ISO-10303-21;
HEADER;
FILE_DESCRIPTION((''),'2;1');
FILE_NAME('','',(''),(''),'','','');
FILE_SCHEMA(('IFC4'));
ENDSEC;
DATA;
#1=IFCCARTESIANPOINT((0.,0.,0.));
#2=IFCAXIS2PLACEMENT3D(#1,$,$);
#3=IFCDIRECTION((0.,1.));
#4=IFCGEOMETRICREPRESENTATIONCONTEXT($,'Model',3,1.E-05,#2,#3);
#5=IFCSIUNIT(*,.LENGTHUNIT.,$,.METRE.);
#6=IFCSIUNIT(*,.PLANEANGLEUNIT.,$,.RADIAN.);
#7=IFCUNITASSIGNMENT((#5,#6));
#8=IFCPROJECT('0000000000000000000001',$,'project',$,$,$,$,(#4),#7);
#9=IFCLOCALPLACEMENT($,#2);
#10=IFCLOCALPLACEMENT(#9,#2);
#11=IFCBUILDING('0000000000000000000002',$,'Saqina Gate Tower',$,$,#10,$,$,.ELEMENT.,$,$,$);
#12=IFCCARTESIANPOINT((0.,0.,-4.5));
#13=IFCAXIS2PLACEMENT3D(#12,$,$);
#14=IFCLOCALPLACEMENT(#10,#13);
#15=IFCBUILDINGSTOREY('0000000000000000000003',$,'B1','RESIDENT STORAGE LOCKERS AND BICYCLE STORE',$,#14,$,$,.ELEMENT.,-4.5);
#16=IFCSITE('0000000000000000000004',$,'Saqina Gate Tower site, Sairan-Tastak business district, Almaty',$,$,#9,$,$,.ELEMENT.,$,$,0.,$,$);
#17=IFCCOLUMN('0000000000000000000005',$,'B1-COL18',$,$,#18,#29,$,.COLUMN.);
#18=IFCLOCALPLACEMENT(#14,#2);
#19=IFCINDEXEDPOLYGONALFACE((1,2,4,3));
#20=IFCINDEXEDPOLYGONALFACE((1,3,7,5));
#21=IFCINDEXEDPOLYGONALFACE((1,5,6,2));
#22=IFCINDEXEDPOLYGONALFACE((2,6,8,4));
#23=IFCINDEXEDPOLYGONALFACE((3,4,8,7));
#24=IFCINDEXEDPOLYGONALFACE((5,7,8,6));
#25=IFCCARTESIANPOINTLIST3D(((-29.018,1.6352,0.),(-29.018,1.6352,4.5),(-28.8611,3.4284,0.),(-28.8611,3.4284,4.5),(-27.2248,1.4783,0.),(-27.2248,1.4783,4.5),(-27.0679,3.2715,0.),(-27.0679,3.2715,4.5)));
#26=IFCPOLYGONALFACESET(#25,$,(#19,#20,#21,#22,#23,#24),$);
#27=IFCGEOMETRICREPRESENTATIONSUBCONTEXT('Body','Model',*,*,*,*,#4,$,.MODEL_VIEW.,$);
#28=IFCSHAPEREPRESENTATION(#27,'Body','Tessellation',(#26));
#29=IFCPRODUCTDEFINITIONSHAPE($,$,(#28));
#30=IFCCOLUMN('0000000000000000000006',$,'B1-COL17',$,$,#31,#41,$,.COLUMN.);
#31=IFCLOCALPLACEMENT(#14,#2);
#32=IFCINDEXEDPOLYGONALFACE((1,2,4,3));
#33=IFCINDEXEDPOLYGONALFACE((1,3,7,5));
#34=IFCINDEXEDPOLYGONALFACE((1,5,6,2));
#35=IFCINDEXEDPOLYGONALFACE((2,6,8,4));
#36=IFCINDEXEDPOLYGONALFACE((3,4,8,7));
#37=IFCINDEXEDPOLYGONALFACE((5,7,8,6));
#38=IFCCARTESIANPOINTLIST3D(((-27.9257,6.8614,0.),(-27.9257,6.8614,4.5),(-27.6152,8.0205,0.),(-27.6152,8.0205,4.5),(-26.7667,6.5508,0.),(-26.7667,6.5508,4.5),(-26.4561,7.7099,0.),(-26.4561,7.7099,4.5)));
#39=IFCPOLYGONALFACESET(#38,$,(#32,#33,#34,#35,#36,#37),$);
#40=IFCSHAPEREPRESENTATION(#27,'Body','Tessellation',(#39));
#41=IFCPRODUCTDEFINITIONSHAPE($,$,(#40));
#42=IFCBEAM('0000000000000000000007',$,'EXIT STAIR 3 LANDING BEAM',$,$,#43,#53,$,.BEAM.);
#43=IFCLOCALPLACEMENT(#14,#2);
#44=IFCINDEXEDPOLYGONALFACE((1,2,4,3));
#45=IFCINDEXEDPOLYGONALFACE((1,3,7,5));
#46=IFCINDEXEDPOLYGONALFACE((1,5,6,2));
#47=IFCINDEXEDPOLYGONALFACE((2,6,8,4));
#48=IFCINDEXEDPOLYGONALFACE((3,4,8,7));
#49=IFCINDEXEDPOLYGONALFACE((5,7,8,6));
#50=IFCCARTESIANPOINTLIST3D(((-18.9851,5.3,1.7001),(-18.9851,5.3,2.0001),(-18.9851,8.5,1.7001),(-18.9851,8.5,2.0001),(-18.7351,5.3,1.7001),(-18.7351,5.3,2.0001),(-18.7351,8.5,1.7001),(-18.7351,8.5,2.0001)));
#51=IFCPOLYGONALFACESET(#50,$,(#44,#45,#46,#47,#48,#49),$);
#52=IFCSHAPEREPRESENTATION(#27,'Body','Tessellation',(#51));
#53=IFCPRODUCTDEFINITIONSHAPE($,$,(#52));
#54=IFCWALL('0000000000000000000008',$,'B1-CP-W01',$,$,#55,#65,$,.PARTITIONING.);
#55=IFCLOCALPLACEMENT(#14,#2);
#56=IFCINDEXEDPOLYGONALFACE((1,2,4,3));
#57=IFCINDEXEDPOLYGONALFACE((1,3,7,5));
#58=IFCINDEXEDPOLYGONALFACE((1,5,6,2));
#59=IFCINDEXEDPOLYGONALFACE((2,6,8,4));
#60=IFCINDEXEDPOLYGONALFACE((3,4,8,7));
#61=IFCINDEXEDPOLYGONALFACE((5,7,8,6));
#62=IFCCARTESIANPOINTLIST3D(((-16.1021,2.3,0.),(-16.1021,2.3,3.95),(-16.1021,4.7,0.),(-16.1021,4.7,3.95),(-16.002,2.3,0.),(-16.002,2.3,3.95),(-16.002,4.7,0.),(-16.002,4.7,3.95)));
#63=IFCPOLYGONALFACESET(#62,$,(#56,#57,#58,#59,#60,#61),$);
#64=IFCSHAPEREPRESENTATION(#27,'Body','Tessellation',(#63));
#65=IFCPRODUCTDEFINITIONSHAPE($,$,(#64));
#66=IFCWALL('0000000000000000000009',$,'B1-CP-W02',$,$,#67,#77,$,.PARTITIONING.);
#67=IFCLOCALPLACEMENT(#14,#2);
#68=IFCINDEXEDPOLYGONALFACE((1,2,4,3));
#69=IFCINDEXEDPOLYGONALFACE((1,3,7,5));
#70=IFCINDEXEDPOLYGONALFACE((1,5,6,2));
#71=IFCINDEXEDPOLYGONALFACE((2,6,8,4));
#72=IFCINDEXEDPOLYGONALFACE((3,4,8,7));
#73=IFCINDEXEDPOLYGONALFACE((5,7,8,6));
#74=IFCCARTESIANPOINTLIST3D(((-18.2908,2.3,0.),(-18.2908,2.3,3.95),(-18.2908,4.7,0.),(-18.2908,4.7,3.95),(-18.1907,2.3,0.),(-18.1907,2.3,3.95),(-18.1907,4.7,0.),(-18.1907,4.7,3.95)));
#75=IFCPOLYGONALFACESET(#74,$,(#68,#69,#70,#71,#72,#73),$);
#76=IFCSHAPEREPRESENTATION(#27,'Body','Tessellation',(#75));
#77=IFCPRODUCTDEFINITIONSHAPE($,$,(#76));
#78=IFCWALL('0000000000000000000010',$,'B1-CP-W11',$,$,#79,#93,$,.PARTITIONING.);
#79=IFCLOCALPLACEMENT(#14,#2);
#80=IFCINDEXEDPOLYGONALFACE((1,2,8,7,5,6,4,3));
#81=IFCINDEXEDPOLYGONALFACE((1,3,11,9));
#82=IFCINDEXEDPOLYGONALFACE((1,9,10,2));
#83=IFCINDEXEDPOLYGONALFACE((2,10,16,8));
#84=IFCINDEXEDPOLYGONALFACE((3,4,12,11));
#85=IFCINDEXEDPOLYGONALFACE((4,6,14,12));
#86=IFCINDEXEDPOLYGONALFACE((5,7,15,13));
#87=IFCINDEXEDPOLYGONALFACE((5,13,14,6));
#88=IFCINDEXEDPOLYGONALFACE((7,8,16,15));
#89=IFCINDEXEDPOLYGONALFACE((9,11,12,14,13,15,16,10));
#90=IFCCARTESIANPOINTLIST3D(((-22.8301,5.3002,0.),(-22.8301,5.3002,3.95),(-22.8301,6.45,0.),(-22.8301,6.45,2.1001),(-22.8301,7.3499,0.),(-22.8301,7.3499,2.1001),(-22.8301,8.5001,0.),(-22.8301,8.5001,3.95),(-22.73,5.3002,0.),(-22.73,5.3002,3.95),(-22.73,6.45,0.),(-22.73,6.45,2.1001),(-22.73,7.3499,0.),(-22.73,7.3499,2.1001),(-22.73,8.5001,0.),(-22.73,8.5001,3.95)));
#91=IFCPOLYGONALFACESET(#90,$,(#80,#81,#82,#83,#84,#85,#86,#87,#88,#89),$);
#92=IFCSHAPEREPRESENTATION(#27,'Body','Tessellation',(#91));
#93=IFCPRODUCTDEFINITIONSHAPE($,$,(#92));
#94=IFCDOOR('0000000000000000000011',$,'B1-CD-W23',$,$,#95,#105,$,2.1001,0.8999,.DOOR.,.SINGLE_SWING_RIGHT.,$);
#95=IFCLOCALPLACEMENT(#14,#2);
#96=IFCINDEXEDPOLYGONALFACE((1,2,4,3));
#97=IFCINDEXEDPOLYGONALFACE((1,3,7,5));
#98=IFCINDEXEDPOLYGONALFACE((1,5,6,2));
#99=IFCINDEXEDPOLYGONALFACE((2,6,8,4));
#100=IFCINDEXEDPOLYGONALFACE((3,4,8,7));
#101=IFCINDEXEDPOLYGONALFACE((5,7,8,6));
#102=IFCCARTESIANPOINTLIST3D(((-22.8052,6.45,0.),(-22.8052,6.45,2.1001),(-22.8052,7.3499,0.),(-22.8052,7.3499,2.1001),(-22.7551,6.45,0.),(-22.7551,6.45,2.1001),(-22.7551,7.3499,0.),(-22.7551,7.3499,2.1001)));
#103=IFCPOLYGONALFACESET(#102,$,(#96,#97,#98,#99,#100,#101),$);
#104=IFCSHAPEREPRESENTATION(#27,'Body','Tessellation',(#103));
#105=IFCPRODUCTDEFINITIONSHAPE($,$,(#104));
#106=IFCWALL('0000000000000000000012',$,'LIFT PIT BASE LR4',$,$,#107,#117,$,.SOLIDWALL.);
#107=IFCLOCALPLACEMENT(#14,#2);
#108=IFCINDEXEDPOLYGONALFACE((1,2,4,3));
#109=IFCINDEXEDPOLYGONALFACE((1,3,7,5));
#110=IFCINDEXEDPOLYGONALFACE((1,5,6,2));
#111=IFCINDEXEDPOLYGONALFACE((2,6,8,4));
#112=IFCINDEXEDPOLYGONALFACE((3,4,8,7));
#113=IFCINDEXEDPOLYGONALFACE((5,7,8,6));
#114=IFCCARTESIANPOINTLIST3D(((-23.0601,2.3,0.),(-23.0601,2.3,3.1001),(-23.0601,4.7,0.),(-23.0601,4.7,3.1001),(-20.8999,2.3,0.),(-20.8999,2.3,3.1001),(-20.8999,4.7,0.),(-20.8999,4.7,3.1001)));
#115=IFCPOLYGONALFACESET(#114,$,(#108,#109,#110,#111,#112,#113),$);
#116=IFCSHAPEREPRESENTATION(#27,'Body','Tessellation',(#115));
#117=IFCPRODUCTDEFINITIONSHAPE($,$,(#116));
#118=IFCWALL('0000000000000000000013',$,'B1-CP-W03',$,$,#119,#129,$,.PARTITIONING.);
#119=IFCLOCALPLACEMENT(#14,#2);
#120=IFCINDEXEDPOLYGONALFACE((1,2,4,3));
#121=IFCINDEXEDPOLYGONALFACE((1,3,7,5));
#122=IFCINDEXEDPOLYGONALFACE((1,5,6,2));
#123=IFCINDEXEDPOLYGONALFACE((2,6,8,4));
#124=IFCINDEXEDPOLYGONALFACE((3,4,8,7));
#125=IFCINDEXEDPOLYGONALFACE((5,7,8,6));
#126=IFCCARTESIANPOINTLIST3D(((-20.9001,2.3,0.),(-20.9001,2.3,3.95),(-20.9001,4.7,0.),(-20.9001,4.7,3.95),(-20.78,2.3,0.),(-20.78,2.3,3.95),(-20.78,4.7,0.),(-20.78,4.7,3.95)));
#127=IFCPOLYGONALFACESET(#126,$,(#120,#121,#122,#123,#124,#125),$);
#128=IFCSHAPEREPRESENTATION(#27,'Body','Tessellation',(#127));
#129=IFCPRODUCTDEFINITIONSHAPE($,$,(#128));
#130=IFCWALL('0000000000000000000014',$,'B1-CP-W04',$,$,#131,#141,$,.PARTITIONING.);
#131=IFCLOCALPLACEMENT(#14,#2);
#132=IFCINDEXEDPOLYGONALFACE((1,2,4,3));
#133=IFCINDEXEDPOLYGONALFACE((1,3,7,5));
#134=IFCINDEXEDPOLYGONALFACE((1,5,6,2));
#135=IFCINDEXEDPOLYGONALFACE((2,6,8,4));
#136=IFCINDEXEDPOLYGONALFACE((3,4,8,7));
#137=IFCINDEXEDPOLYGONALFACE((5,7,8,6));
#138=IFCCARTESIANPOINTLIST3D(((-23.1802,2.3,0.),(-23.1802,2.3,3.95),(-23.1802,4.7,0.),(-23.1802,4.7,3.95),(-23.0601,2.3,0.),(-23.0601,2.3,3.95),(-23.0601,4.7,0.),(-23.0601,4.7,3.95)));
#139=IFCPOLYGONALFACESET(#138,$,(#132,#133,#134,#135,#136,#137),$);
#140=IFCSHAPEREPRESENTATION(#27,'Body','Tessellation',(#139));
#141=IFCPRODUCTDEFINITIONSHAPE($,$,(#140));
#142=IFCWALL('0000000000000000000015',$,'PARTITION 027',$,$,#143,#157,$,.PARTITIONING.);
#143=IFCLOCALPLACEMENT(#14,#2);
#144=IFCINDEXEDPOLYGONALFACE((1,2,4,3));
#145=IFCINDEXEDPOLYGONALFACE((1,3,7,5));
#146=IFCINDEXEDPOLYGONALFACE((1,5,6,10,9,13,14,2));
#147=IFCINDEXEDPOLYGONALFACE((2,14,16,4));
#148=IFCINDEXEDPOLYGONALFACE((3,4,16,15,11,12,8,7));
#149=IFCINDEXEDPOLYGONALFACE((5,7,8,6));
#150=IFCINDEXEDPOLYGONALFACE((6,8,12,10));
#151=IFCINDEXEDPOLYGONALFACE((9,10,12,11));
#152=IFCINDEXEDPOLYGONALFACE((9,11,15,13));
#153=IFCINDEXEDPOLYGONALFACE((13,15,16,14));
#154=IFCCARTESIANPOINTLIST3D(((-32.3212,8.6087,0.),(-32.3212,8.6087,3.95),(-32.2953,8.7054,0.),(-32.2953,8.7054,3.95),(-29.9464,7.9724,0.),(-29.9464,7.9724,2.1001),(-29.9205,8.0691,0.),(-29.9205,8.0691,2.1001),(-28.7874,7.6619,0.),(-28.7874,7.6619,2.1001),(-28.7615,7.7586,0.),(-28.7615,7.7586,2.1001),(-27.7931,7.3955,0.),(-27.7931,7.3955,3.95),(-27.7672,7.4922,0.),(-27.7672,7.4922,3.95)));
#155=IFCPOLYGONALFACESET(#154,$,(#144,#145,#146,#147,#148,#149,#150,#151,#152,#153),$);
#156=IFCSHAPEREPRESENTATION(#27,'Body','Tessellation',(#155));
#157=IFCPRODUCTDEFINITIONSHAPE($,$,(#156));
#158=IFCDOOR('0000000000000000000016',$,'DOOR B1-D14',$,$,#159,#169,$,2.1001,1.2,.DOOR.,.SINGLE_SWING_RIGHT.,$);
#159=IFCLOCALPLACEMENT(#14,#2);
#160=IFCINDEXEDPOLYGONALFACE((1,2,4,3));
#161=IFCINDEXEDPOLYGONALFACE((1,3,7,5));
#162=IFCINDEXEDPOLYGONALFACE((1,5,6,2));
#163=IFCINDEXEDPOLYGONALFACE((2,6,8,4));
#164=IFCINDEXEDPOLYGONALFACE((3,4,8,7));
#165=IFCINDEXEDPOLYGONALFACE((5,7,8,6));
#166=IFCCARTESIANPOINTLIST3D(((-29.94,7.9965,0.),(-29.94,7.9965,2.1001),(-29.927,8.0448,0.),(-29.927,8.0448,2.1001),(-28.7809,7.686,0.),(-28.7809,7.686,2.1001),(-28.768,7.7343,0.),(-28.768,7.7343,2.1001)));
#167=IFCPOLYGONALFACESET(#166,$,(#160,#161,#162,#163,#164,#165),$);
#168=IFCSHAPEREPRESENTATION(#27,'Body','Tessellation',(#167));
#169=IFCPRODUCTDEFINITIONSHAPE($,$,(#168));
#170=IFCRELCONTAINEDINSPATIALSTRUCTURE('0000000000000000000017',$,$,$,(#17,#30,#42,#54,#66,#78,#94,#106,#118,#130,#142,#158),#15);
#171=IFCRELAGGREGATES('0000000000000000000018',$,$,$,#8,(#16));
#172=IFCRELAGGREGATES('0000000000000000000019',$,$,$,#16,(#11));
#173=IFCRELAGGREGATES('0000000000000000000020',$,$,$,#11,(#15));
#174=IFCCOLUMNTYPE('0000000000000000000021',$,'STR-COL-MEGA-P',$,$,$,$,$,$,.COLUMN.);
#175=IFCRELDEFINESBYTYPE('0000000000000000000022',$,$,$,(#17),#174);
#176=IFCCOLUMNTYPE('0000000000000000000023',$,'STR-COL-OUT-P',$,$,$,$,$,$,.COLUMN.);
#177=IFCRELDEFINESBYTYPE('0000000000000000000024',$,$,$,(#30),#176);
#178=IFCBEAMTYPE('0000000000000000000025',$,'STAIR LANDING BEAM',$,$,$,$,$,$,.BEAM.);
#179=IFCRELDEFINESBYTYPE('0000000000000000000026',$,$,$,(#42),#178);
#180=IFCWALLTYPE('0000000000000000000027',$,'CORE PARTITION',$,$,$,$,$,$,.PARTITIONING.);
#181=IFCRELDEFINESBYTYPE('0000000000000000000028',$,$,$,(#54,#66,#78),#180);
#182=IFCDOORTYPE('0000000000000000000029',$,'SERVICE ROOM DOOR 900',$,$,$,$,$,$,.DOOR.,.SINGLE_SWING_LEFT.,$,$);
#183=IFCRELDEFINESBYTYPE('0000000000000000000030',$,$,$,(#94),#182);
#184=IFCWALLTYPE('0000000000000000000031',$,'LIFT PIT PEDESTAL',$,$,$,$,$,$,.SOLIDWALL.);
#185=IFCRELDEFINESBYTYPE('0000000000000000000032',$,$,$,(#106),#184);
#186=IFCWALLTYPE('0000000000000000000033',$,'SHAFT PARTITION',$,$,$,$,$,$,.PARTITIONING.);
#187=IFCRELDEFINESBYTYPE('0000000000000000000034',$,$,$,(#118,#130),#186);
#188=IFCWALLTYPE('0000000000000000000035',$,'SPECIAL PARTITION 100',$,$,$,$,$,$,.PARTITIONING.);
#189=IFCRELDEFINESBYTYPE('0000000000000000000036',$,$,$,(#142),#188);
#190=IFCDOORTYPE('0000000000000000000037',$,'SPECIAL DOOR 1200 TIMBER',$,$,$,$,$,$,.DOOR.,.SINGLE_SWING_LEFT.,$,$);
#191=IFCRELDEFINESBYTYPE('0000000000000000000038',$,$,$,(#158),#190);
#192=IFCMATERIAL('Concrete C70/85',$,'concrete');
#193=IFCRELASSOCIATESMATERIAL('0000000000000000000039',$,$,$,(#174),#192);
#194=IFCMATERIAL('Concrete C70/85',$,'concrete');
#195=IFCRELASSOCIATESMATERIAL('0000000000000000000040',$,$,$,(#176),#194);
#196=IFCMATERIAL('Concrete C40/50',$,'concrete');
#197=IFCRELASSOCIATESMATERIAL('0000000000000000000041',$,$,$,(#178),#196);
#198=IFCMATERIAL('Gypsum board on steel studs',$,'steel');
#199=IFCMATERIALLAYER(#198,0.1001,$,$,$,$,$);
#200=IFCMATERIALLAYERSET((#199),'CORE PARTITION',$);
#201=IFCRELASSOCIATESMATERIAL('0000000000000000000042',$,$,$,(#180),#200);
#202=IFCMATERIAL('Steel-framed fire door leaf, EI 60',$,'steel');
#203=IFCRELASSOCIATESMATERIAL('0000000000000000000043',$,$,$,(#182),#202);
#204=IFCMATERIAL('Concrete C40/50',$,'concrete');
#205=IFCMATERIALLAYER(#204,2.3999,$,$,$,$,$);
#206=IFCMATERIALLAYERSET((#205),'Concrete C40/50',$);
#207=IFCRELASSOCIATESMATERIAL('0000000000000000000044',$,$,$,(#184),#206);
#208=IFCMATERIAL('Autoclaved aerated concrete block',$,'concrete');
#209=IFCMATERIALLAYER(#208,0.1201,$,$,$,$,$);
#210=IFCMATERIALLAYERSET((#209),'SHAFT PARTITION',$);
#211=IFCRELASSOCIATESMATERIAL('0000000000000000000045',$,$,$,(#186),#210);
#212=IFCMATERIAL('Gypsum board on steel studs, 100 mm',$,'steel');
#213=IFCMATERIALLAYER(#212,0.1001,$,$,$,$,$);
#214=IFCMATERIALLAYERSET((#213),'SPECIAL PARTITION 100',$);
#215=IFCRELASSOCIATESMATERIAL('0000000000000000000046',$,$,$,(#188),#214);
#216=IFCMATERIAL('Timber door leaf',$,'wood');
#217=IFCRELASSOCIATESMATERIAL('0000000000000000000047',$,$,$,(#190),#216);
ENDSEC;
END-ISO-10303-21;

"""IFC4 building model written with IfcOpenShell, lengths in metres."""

from ifc_helpers import new_model, si_unit, direction, frame, frame_2d, origin, origin_2d, place, context, subcontext, project, spatial, rectangle, extrude, material, layer, layer_set, material_profile, profile_set, type_object, element, fill, save


model = new_model("IFC4")

# Units and contexts
model_context = context("Model", 3, precision=1e-05, world=origin(), true_north=direction((0.0, 1.0)))
body_context = subcontext(model_context, "Body", "Model", "MODEL_VIEW")
ifc_project = project(units=[si_unit("LENGTHUNIT", "METRE"), si_unit("PLANEANGLEUNIT", "RADIAN")], contexts=[model_context])

# Site, building, storey
site_placement = place(None, origin())
site = spatial("IfcSite", under=ifc_project, at=site_placement, Name="Saqina Gate Tower site, Sairan-Tastak business district, Almaty", CompositionType="ELEMENT", RefElevation=0.0)
building_placement = place(site_placement, origin())
building = spatial("IfcBuilding", under=site, at=building_placement, Name="Saqina Gate Tower", CompositionType="ELEMENT")
storey_placement = place(building_placement, frame((0.0, 0.0, -4.5)))
storey = spatial("IfcBuildingStorey", under=building, at=storey_placement, Name="B1", Description="RESIDENT STORAGE LOCKERS AND BICYCLE STORE", CompositionType="ELEMENT", Elevation=-4.5)

# Columns
ifc_material_1 = material(Name="Concrete C70/85", Category="concrete")
ifc_material_profile_1 = material_profile(ifc_material_1, rectangle(XDim=1.8, YDim=1.8, at=origin_2d()), Name="RC 1800x1800")
ifc_profile_set_1 = profile_set([ifc_material_profile_1], Name="Concrete C70/85")
column_type_1 = type_object("IfcColumnType", Name="STR-COL-MEGA-P", PredefinedType="COLUMN", material=ifc_profile_set_1)
column_1_placement = place(storey_placement, frame((-28.043, 2.4534, 0.0), z_axis=(0.0, 0.0, 1.0), x_axis=(-0.996195, 0.087156, 0.0)))
element("IfcColumn", 1, at=column_1_placement, inside=storey, type_object=column_type_1, Name="B1-COL18", PredefinedType="COLUMN", context=body_context, shape_type="SweptSolid", body=[
    extrude(rectangle(XDim=1.8, YDim=1.8, at=origin_2d()), origin(), (0.0, 0.0, 1.0), 4.5),
])
ifc_material_2 = material(Name="Concrete C70/85", Category="concrete")
ifc_material_profile_2 = material_profile(ifc_material_2, rectangle(XDim=1.2, YDim=1.2, at=origin_2d()), Name="RC 1200x1200")
ifc_profile_set_2 = profile_set([ifc_material_profile_2], Name="Concrete C70/85")
column_type_2 = type_object("IfcColumnType", Name="STR-COL-OUT-P", PredefinedType="COLUMN", material=ifc_profile_set_2)
column_2_placement = place(storey_placement, frame((-27.1909, 7.2856, 0.0), z_axis=(0.0, 0.0, 1.0), x_axis=(-0.965926, 0.258819, 0.0)))
element("IfcColumn", 2, at=column_2_placement, inside=storey, type_object=column_type_2, Name="B1-COL17", PredefinedType="COLUMN", context=body_context, shape_type="SweptSolid", body=[
    extrude(rectangle(XDim=1.2, YDim=1.2, at=origin_2d()), origin(), (0.0, 0.0, 1.0), 4.5),
])

# Beam
ifc_material_3 = material(Name="Concrete C40/50", Category="concrete")
ifc_material_profile_3 = material_profile(ifc_material_3, rectangle(XDim=0.25, YDim=0.3, at=origin_2d()), Name="STAIR LANDING BEAM")
ifc_profile_set_3 = profile_set([ifc_material_profile_3], Name="Concrete C40/50")
beam_type = type_object("IfcBeamType", Name="STAIR LANDING BEAM", PredefinedType="BEAM", material=ifc_profile_set_3)
beam_placement = place(storey_placement, frame((-18.8601, 5.3, 1.8501), z_axis=(0.0, 1.0, 0.0), x_axis=(-1.0, 0.0, 0.0)))
element("IfcBeam", 3, at=beam_placement, inside=storey, type_object=beam_type, Name="EXIT STAIR 3 LANDING BEAM", PredefinedType="BEAM", context=body_context, shape_type="SweptSolid", body=[
    extrude(rectangle(XDim=0.25, YDim=0.3, at=origin_2d()), origin(), (0.0, 0.0, 1.0), 3.2),
])

# Walls
ifc_material_4 = material(Name="Gypsum board on steel studs", Category="steel")
ifc_layer_1 = layer(ifc_material_4, 0.1001)
ifc_layer_set_1 = layer_set([ifc_layer_1], Name="CORE PARTITION")
wall_type_1 = type_object("IfcWallType", Name="CORE PARTITION", PredefinedType="PARTITIONING", material=ifc_layer_set_1)
for number, where, z_axis, x_axis, name in (
    (4, (-16.052, 2.3, 0.0), (0.0, 0.0, 1.0), (0.0, 1.0, 0.0), "B1-CP-W01"),
    (5, (-18.2407, 2.3, 0.0), (0.0, 0.0, 1.0), (0.0, 1.0, 0.0), "B1-CP-W02"),
):
    element("IfcWall", number, at=place(storey_placement, frame(where, z_axis=z_axis, x_axis=x_axis)), inside=storey, type_object=wall_type_1, Name=name, PredefinedType="PARTITIONING", context=body_context, shape_type="SweptSolid", body=[
        extrude(rectangle(XDim=2.3999, YDim=0.1001, at=frame_2d((1.2, 0.0))), origin(), (0.0, 0.0, 1.0), 3.95),
    ])

# Wall, opening, door
wall_1_placement = place(storey_placement, frame((-22.78, 5.3, 0.0), z_axis=(0.0, 0.0, 1.0), x_axis=(0.0, 1.0, 0.0)))
wall_1 = element("IfcWall", 6, at=wall_1_placement, inside=storey, type_object=wall_type_1, Name="B1-CP-W11", PredefinedType="PARTITIONING", context=body_context, shape_type="SweptSolid", body=[
    extrude(rectangle(XDim=3.2, YDim=0.1001, at=frame_2d((1.6001, 0.0))), origin(), (0.0, 0.0, 1.0), 3.95),
])
opening_1_placement = place(wall_1_placement, frame((1.1499, 0.0, 0.0)))
opening_1 = element("IfcOpeningElement", 7, at=opening_1_placement, cuts=wall_1, PredefinedType="OPENING", context=body_context, shape_type="SweptSolid", body=[
    extrude(rectangle(XDim=0.8999, YDim=2.1001, at=frame_2d((0.45, 1.05))), frame((0.0, 0.062, 0.0), z_axis=(0.0, -1.0, 0.0), x_axis=(1.0, 0.0, 0.0)), (0.0, 0.0, 1.0), 0.124),
])
ifc_material_5 = material(Name="Steel-framed fire door leaf, EI 60", Category="steel")
door_type_1 = type_object("IfcDoorType", Name="SERVICE ROOM DOOR 900", OperationType="SINGLE_SWING_LEFT", PredefinedType="DOOR", material=ifc_material_5)
door_1_placement = place(opening_1_placement, frame((0.8999, 0.0, 0.0), z_axis=(0.0, 0.0, 1.0), x_axis=(-1.0, 0.0, 0.0)))
door_1 = element("IfcDoor", 8, at=door_1_placement, inside=storey, type_object=door_type_1, Name="B1-CD-W23", OperationType="SINGLE_SWING_RIGHT", OverallHeight=2.1001, OverallWidth=0.8999, PredefinedType="DOOR", context=body_context, shape_type="SweptSolid", body=[
    extrude(rectangle(XDim=0.8999, YDim=2.1001, at=frame_2d((0.45, 1.05))), frame((0.0, 0.0249, 0.0), z_axis=(0.0, -1.0, 0.0), x_axis=(1.0, 0.0, 0.0)), (0.0, 0.0, 1.0), 0.05),
])
fill(opening_1, door_1)

# Walls
ifc_material_6 = material(Name="Concrete C40/50", Category="concrete")
ifc_layer_2 = layer(ifc_material_6, 2.3999)
ifc_layer_set_2 = layer_set([ifc_layer_2], Name="Concrete C40/50")
wall_type_2 = type_object("IfcWallType", Name="LIFT PIT PEDESTAL", PredefinedType="SOLIDWALL", material=ifc_layer_set_2)
wall_2_placement = place(storey_placement, frame((-20.8999, 3.5, 0.0), z_axis=(0.0, 0.0, 1.0), x_axis=(-1.0, 0.0, 0.0)))
element("IfcWall", 9, at=wall_2_placement, inside=storey, type_object=wall_type_2, Name="LIFT PIT BASE LR4", PredefinedType="SOLIDWALL", context=body_context, shape_type="SweptSolid", body=[
    extrude(rectangle(XDim=2.1602, YDim=2.3999, at=frame_2d((1.0801, 0.0))), origin(), (0.0, 0.0, 1.0), 3.1001),
])
ifc_material_7 = material(Name="Autoclaved aerated concrete block", Category="concrete")
ifc_layer_3 = layer(ifc_material_7, 0.1201)
ifc_layer_set_3 = layer_set([ifc_layer_3], Name="SHAFT PARTITION")
wall_type_3 = type_object("IfcWallType", Name="SHAFT PARTITION", PredefinedType="PARTITIONING", material=ifc_layer_set_3)
for number, where, z_axis, x_axis, name in (
    (10, (-20.8401, 2.3, 0.0), (0.0, 0.0, 1.0), (0.0, 1.0, 0.0), "B1-CP-W03"),
    (11, (-23.1201, 2.3, 0.0), (0.0, 0.0, 1.0), (0.0, 1.0, 0.0), "B1-CP-W04"),
):
    element("IfcWall", number, at=place(storey_placement, frame(where, z_axis=z_axis, x_axis=x_axis)), inside=storey, type_object=wall_type_3, Name=name, PredefinedType="PARTITIONING", context=body_context, shape_type="SweptSolid", body=[
        extrude(rectangle(XDim=2.3999, YDim=0.1201, at=frame_2d((1.2, 0.0))), origin(), (0.0, 0.0, 1.0), 3.95),
    ])

# Wall, opening, door
ifc_material_8 = material(Name="Gypsum board on steel studs, 100 mm", Category="steel")
ifc_layer_4 = layer(ifc_material_8, 0.1001)
ifc_layer_set_4 = layer_set([ifc_layer_4], Name="SPECIAL PARTITION 100")
wall_type_4 = type_object("IfcWallType", Name="SPECIAL PARTITION 100", PredefinedType="PARTITIONING", material=ifc_layer_set_4)
wall_3_placement = place(storey_placement, frame((-32.3081, 8.657, 0.0), z_axis=(0.0, 0.0, 1.0), x_axis=(0.965934, -0.258787, 0.0)))
wall_3 = element("IfcWall", 12, at=wall_3_placement, inside=storey, type_object=wall_type_4, Name="PARTITION 027", PredefinedType="PARTITIONING", context=body_context, shape_type="SweptSolid", body=[
    extrude(rectangle(XDim=4.6877, YDim=0.1001, at=frame_2d((2.3438, 0.0))), origin(), (0.0, 0.0, 1.0), 3.95),
])
opening_2_placement = place(wall_3_placement, frame((2.4583, 0.0, 0.0)))
opening_2 = element("IfcOpeningElement", 13, at=opening_2_placement, cuts=wall_3, PredefinedType="OPENING", context=body_context, shape_type="SweptSolid", body=[
    extrude(rectangle(XDim=1.2, YDim=2.1001, at=frame_2d((0.6001, 1.05))), frame((0.0, 0.062, 0.0), z_axis=(0.0, -1.0, 0.0), x_axis=(1.0, 0.0, 0.0)), (0.0, 0.0, 1.0), 0.124),
])
ifc_material_9 = material(Name="Timber door leaf", Category="wood")
door_type_2 = type_object("IfcDoorType", Name="SPECIAL DOOR 1200 TIMBER", OperationType="SINGLE_SWING_LEFT", PredefinedType="DOOR", material=ifc_material_9)
door_2_placement = place(opening_2_placement, origin())
door_2 = element("IfcDoor", 14, at=door_2_placement, inside=storey, type_object=door_type_2, Name="DOOR B1-D14", OperationType="SINGLE_SWING_RIGHT", OverallHeight=2.1001, OverallWidth=1.2, PredefinedType="DOOR", context=body_context, shape_type="SweptSolid", body=[
    extrude(rectangle(XDim=1.2, YDim=2.1001, at=frame_2d((0.6001, 1.05))), frame((0.0, 0.0249, 0.0), z_axis=(0.0, -1.0, 0.0), x_axis=(1.0, 0.0, 0.0)), (0.0, 0.0, 1.0), 0.05),
])
fill(opening_2, door_2)

save(model, "model.ifc")
